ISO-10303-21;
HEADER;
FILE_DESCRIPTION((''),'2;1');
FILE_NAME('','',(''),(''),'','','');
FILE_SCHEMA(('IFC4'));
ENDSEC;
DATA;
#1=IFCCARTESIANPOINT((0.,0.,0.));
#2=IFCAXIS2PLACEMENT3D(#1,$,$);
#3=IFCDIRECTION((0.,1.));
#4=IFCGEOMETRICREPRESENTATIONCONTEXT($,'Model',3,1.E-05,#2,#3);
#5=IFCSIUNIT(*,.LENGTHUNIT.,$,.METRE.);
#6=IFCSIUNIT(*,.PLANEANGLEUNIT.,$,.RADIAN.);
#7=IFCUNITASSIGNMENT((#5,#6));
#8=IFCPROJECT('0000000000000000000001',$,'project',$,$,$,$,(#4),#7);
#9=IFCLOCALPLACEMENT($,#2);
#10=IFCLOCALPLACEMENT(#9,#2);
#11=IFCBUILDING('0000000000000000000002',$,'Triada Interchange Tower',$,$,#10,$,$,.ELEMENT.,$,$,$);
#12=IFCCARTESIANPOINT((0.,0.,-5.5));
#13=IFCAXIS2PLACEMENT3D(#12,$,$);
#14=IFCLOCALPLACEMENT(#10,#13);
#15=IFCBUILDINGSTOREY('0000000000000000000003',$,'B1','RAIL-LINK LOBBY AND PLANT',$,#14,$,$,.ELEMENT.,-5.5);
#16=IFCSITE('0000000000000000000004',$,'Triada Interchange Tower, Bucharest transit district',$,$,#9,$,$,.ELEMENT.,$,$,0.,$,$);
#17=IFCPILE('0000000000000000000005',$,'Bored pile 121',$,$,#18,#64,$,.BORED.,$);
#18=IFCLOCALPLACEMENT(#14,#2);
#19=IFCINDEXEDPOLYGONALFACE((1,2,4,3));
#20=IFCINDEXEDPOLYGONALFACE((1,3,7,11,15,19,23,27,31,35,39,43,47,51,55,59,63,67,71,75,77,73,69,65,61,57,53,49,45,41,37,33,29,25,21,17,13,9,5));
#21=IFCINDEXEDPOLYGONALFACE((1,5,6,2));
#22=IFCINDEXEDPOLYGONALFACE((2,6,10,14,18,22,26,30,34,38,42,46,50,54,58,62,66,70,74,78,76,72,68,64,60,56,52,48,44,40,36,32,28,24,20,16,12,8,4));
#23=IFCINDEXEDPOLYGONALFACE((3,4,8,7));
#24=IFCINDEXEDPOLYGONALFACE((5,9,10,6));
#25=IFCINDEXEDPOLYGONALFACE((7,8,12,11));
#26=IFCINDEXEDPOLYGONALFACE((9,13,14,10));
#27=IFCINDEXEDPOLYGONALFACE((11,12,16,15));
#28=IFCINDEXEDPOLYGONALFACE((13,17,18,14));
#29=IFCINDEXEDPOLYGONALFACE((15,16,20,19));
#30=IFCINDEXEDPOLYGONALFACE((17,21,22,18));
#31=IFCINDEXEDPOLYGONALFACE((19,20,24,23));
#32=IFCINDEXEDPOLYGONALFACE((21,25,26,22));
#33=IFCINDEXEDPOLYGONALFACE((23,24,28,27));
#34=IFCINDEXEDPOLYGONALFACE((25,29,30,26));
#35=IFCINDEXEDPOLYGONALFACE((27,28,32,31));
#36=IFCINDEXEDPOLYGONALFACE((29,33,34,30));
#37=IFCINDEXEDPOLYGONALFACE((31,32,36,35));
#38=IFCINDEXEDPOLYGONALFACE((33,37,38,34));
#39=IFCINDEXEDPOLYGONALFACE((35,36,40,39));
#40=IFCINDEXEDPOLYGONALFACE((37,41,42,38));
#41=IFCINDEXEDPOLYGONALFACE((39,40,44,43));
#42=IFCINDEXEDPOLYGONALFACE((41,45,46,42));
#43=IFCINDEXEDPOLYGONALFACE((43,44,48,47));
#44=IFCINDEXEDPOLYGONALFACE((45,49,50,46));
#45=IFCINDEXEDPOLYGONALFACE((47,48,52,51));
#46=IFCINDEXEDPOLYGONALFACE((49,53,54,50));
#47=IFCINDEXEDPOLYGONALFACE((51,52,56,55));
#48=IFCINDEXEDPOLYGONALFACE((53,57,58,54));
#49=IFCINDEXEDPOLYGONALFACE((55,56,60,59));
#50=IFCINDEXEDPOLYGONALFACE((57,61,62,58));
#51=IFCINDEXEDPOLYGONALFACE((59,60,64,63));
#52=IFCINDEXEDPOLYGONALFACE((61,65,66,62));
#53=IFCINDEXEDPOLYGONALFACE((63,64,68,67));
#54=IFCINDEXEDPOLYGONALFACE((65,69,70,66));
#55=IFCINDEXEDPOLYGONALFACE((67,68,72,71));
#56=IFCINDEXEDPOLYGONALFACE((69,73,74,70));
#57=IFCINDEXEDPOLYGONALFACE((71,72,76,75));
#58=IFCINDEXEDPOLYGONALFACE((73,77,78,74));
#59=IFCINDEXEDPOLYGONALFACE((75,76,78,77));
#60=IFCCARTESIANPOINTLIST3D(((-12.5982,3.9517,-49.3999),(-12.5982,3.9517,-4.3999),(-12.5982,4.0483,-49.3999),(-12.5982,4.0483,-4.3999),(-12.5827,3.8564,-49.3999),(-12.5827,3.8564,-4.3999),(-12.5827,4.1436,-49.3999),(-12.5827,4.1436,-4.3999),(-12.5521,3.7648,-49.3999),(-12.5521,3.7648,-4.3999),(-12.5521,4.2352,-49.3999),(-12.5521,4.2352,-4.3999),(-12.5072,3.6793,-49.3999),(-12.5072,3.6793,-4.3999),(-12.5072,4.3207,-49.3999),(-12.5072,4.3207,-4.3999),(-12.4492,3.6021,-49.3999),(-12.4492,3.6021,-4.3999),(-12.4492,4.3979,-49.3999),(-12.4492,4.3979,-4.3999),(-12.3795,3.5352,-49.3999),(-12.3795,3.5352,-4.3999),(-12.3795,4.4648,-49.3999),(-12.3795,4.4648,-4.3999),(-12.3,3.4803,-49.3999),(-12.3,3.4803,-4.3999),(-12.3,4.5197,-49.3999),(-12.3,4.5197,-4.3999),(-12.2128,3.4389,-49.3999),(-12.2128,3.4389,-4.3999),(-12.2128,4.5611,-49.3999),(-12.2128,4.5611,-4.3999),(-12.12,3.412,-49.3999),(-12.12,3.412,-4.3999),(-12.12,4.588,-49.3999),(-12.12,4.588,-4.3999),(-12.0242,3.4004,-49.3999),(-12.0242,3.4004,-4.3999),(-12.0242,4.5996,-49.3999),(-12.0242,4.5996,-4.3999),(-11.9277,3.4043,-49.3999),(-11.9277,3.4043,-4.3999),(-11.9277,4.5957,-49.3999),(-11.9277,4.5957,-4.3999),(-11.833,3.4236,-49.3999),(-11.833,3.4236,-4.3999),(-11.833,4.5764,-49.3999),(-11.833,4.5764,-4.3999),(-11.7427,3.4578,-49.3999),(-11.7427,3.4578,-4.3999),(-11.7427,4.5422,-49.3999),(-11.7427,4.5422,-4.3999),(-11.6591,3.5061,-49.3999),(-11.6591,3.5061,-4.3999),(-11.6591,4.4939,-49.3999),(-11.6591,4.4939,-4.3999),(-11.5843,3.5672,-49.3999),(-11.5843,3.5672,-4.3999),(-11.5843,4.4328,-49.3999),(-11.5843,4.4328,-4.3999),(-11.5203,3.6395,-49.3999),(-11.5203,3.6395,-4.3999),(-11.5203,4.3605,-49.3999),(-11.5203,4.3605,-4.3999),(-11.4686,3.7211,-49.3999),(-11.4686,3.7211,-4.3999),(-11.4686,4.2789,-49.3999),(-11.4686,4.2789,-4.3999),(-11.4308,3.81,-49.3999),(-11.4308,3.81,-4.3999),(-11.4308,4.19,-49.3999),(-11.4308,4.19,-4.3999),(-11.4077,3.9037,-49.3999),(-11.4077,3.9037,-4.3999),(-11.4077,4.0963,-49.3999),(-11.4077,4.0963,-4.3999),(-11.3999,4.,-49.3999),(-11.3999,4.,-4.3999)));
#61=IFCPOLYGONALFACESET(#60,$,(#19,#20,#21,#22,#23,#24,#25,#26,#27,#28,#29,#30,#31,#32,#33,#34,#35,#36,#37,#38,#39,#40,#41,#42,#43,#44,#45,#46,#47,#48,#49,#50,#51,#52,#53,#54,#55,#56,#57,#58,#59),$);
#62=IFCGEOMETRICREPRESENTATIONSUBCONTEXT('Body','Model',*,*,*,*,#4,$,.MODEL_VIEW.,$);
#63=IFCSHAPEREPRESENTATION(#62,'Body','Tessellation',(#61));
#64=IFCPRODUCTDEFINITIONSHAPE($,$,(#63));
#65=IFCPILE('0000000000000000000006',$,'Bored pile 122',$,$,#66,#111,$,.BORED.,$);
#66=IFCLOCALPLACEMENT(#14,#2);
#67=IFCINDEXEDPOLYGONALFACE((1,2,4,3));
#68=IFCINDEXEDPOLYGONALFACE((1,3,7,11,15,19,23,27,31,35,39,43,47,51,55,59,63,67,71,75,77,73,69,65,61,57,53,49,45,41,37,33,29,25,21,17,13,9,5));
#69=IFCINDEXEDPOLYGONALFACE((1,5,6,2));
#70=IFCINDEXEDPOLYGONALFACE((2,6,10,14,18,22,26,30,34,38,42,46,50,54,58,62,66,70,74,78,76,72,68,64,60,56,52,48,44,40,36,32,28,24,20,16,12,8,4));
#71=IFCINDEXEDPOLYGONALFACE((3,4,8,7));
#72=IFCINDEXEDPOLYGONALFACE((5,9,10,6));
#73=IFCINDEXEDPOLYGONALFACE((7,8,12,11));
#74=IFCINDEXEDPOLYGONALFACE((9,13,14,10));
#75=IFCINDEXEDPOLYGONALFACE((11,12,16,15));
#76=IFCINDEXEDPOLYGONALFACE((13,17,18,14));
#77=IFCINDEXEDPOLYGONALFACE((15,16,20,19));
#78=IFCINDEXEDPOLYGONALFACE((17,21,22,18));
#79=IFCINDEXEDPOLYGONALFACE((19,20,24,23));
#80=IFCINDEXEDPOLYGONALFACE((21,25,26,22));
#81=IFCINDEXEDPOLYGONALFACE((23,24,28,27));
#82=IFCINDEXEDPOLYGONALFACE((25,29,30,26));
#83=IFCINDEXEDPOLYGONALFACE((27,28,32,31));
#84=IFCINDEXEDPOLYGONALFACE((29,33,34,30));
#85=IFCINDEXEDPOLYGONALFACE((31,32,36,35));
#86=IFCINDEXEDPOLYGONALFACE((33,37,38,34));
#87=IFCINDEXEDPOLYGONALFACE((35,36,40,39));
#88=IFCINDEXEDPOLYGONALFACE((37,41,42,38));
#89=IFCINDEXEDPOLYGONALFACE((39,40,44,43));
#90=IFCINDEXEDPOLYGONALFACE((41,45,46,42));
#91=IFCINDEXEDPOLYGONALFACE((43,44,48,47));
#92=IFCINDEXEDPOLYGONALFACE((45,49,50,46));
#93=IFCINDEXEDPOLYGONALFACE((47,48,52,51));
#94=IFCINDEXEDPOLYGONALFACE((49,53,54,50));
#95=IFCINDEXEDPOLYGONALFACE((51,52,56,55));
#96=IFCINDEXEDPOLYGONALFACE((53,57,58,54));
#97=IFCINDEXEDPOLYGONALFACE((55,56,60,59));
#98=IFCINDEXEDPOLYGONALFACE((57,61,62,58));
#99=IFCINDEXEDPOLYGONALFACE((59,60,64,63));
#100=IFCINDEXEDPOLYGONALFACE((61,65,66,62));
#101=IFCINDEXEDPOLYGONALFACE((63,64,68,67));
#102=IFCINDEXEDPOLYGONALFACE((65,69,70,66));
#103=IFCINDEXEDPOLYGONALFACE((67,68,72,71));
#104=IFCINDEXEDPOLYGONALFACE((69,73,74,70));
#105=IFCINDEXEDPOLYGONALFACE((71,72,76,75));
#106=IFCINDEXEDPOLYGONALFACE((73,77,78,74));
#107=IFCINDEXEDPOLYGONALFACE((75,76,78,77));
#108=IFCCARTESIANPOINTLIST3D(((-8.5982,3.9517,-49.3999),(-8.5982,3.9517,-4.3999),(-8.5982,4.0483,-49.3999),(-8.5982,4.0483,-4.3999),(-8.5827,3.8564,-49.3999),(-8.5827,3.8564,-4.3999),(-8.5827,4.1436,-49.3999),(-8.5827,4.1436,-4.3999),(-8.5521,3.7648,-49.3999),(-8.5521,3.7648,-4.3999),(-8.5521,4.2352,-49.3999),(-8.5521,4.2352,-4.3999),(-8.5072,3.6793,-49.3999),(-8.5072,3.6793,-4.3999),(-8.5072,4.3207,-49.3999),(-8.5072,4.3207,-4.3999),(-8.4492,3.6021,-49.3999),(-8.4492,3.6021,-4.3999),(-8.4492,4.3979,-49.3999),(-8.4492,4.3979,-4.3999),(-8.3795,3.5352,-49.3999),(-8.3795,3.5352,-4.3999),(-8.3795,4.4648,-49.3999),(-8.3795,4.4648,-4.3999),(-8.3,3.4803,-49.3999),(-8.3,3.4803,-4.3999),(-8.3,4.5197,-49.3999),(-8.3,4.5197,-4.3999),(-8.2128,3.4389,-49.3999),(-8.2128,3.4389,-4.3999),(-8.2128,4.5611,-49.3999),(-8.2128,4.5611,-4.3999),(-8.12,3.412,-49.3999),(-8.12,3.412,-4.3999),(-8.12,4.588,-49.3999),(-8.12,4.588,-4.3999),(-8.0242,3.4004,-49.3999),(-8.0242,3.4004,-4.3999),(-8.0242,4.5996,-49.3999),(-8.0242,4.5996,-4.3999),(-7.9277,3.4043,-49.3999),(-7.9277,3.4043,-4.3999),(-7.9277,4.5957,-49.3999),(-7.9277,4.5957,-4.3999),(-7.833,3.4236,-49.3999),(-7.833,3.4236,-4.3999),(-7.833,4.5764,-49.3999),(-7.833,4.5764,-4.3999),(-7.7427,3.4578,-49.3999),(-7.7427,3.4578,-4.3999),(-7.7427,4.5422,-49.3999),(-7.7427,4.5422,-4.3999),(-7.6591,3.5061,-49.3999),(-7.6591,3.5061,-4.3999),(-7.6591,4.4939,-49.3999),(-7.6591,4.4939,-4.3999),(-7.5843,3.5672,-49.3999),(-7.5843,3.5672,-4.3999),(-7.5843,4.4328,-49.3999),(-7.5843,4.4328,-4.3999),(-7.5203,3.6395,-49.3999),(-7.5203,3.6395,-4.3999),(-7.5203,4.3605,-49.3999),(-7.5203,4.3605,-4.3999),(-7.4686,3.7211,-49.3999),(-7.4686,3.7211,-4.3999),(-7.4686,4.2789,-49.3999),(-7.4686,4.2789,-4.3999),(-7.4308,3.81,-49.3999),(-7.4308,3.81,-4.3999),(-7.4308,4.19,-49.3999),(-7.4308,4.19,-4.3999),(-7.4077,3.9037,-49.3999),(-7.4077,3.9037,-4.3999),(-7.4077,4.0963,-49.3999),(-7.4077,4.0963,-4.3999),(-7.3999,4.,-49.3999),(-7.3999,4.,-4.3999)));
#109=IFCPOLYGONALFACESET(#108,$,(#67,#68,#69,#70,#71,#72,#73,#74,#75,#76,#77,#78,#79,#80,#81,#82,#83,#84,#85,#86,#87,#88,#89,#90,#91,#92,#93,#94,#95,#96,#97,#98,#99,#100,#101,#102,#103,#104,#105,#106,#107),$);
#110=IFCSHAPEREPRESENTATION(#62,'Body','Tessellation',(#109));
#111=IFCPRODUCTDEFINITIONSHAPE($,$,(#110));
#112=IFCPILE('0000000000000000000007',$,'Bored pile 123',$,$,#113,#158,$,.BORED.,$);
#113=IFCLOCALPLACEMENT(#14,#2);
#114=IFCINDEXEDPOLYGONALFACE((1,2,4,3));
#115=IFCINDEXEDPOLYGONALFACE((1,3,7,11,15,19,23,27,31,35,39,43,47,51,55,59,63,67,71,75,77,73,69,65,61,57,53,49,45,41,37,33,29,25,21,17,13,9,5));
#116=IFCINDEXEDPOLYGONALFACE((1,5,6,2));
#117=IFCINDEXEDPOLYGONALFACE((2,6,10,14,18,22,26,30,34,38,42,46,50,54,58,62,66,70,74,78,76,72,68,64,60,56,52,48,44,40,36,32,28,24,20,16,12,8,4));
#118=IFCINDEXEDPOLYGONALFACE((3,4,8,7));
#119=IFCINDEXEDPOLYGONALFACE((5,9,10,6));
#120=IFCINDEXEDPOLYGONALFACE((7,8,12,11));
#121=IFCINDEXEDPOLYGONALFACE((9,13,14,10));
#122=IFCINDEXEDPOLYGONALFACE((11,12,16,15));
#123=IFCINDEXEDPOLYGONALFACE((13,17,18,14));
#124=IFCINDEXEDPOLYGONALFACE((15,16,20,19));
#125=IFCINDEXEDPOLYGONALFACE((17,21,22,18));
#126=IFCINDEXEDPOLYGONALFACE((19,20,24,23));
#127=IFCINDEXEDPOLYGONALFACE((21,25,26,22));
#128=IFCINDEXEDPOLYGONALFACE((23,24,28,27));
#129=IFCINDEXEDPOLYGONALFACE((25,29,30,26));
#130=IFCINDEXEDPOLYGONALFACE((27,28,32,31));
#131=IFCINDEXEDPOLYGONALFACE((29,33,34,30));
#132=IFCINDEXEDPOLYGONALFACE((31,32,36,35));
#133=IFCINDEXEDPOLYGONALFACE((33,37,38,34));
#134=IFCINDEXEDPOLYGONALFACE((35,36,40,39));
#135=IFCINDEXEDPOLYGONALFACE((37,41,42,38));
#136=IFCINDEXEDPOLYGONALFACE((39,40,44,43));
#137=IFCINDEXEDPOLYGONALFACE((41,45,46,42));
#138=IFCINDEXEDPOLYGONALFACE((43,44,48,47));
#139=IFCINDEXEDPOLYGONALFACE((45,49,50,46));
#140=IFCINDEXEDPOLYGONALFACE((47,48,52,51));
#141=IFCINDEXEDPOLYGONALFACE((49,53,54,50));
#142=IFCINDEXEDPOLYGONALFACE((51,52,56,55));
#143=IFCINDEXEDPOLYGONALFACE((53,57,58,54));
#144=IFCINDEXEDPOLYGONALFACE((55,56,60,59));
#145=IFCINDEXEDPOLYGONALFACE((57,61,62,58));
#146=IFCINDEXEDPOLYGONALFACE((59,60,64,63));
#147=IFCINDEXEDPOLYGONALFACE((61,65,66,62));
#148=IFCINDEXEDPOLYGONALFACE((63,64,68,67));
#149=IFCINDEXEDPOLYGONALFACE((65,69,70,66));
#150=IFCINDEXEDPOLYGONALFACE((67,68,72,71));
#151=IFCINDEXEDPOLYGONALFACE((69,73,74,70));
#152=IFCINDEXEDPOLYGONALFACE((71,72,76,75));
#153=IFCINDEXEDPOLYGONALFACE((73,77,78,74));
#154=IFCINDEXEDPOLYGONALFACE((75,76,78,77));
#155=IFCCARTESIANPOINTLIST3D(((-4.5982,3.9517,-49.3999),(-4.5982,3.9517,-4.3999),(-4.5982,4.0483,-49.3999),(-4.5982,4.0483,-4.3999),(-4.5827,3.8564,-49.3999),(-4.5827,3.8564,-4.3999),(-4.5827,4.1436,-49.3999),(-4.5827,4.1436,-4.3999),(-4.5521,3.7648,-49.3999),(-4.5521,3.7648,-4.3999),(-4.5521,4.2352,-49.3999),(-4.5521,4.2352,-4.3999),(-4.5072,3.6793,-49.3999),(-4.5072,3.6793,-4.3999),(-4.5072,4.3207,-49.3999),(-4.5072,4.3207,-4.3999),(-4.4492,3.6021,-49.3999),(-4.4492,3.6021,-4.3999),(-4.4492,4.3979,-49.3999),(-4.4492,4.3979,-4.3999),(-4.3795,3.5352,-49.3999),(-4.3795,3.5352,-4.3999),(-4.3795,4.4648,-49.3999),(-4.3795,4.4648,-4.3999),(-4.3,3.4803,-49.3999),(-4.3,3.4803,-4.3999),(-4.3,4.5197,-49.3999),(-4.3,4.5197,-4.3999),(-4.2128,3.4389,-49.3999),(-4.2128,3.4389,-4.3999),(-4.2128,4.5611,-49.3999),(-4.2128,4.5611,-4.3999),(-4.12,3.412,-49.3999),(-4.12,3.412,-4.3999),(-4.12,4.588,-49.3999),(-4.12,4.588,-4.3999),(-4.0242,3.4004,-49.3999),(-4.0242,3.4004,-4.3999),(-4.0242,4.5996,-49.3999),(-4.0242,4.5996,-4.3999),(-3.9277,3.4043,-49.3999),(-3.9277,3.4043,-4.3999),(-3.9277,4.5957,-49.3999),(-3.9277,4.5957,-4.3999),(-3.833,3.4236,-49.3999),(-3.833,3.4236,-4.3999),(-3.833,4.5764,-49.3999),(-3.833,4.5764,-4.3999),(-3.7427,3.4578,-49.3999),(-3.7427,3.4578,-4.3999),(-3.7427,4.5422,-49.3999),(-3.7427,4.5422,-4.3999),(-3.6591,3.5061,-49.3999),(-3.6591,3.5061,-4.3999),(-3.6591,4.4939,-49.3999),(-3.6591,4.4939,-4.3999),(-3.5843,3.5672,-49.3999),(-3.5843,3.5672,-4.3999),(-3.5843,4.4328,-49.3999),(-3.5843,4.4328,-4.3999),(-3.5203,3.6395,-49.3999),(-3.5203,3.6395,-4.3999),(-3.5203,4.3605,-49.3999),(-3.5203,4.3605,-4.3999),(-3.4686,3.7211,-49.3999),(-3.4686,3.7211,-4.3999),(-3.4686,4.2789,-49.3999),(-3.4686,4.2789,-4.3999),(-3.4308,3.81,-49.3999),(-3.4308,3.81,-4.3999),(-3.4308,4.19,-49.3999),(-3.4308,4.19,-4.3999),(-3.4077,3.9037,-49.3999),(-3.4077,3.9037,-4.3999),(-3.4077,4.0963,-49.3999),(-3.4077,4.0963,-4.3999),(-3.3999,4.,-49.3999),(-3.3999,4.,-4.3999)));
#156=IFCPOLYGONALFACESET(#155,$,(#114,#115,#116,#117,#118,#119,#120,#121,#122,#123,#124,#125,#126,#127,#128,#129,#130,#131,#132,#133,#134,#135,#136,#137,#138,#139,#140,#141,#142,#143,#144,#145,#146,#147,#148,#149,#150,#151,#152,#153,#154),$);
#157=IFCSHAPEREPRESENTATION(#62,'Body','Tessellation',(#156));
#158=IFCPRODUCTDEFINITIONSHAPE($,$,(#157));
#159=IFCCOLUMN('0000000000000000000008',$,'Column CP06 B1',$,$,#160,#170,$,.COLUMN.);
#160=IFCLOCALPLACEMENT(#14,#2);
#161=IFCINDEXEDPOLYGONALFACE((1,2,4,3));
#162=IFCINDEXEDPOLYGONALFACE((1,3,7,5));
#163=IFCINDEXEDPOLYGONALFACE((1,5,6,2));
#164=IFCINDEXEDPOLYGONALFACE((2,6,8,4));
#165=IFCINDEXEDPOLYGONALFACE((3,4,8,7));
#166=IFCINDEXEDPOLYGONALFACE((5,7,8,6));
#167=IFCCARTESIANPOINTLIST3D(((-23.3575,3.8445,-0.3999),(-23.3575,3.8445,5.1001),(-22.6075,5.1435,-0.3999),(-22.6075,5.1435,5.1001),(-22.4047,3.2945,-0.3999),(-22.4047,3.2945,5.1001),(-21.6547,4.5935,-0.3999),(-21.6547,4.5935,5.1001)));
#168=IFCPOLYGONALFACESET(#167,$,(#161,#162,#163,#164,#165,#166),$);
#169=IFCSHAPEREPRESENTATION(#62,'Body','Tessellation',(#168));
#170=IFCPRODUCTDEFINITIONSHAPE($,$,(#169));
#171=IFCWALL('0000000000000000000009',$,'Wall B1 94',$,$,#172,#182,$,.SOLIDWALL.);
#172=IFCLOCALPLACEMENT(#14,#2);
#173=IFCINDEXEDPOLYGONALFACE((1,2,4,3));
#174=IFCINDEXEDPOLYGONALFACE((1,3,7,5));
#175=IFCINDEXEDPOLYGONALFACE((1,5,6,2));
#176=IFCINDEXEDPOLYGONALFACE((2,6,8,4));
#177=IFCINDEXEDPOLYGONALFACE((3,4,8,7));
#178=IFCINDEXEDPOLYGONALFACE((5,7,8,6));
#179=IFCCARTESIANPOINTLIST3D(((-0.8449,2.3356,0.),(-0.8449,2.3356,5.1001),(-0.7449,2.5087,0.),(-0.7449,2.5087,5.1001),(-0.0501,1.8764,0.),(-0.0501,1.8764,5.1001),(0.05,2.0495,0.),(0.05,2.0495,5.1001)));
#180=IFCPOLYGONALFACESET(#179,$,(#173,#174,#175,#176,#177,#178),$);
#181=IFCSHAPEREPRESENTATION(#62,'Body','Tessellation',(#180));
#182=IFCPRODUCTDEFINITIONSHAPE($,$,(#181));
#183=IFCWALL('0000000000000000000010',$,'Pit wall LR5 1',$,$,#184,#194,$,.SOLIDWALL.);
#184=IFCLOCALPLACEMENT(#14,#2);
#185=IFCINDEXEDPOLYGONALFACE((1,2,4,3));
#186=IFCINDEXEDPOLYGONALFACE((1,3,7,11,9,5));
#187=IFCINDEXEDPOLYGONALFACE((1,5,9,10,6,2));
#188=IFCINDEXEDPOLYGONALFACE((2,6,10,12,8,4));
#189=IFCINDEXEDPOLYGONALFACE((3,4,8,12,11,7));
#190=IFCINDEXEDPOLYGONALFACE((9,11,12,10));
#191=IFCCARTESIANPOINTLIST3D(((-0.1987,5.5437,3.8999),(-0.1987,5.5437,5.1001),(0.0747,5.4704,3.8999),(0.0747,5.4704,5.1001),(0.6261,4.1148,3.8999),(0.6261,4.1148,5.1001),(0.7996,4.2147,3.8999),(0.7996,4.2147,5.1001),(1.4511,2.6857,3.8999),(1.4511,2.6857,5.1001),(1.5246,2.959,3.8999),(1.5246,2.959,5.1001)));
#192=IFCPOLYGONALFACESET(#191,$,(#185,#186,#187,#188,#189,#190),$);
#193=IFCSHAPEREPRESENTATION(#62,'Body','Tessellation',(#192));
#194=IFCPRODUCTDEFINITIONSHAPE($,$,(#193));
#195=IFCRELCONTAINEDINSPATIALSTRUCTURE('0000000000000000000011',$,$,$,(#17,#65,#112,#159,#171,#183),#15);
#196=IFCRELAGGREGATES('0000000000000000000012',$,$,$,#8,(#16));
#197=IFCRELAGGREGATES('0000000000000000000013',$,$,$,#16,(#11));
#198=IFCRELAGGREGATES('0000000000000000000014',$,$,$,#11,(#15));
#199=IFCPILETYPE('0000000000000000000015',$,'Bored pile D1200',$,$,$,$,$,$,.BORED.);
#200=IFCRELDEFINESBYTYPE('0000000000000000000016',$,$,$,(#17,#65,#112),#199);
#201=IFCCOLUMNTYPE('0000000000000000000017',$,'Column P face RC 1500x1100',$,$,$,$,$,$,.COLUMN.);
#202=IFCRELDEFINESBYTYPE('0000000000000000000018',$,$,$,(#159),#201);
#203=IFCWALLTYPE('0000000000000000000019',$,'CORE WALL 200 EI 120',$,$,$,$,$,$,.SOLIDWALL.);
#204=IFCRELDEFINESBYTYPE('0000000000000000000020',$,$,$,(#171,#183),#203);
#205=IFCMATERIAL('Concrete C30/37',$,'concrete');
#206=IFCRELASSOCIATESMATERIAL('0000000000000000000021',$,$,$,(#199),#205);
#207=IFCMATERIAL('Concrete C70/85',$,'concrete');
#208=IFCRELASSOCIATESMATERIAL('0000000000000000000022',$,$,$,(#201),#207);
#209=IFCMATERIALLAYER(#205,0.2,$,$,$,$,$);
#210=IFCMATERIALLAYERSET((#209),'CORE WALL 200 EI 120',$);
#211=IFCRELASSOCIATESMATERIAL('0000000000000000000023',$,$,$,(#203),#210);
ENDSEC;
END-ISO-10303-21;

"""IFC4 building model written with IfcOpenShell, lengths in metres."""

from ifc_helpers import new_model, si_unit, direction, frame, frame_2d, origin, origin_2d, place, context, subcontext, project, spatial, polyline, rectangle, circle, outline, extrude, material, layer, layer_set, material_profile, profile_set, type_object, element, save


model = new_model("IFC4")

# Units and contexts
model_context = context("Model", 3, precision=1e-05, world=origin(), true_north=direction((0.0, 1.0)))
body_context = subcontext(model_context, "Body", "Model", "MODEL_VIEW")
ifc_project = project(units=[si_unit("LENGTHUNIT", "METRE"), si_unit("PLANEANGLEUNIT", "RADIAN")], contexts=[model_context])

# Site, building, storey
site_placement = place(None, origin())
site = spatial("IfcSite", under=ifc_project, at=site_placement, Name="Triada Interchange Tower, Bucharest transit district", CompositionType="ELEMENT", RefElevation=0.0)
building_placement = place(site_placement, origin())
building = spatial("IfcBuilding", under=site, at=building_placement, Name="Triada Interchange Tower", CompositionType="ELEMENT")
storey_placement = place(building_placement, frame((0.0, 0.0, -5.5)))
storey = spatial("IfcBuildingStorey", under=building, at=storey_placement, Name="B1", Description="RAIL-LINK LOBBY AND PLANT", CompositionType="ELEMENT", Elevation=-5.5)

# Piles
ifc_material_1 = material(Name="Concrete C30/37", Category="concrete")
ifc_material_profile_1 = material_profile(ifc_material_1, circle(Radius=0.6001, at=origin_2d()), Name="RC D1200")
ifc_profile_set_1 = profile_set([ifc_material_profile_1], Name="Concrete C30/37")
pile_type = type_object("IfcPileType", Name="Bored pile D1200", PredefinedType="BORED", material=ifc_profile_set_1)
for number, where, z_axis, x_axis, name in (
    (1, (-12.0, 4.0, -4.3999), (0.0, 0.0, -1.0), (1.0, 0.0, 0.0), "Bored pile 121"),
    (2, (-8.0, 4.0, -4.3999), (0.0, 0.0, -1.0), (1.0, 0.0, 0.0), "Bored pile 122"),
    (3, (-4.0, 4.0, -4.3999), (0.0, 0.0, -1.0), (1.0, 0.0, 0.0), "Bored pile 123"),
):
    element("IfcPile", number, at=place(storey_placement, frame(where, z_axis=z_axis, x_axis=x_axis)), inside=storey, type_object=pile_type, Name=name, PredefinedType="BORED", context=body_context, shape_type="SweptSolid", body=[
        extrude(circle(Radius=0.6001, at=origin_2d()), origin(), (0.0, 0.0, 1.0), 45.0),
    ])

# Column
ifc_material_2 = material(Name="Concrete C70/85", Category="concrete")
ifc_material_profile_2 = material_profile(ifc_material_2, rectangle(XDim=1.5, YDim=1.1001, at=origin_2d()), Name="RC 1500x1100")
ifc_profile_set_2 = profile_set([ifc_material_profile_2], Name="Concrete C70/85")
column_type = type_object("IfcColumnType", Name="Column P face RC 1500x1100", PredefinedType="COLUMN", material=ifc_profile_set_2)
column_placement = place(storey_placement, frame((-22.5061, 4.219, -0.3999), z_axis=(0.0, 0.0, 1.0), x_axis=(0.5, 0.866025, 0.0)))
element("IfcColumn", 4, at=column_placement, inside=storey, type_object=column_type, Name="Column CP06 B1", PredefinedType="COLUMN", context=body_context, shape_type="SweptSolid", body=[
    extrude(rectangle(XDim=1.5, YDim=1.1001, at=origin_2d()), origin(), (0.0, 0.0, 1.0), 5.5),
])

# Walls
ifc_layer_1 = layer(ifc_material_1, 0.2)
ifc_layer_set_1 = layer_set([ifc_layer_1], Name="CORE WALL 200 EI 120")
wall_type_1 = type_object("IfcWallType", Name="CORE WALL 200 EI 120", PredefinedType="SOLIDWALL", material=ifc_layer_set_1)
wall_1_placement = place(storey_placement, frame((-0.7949, 2.4221, 0.0), z_axis=(0.0, 0.0, 1.0), x_axis=(0.865893, -0.500229, 0.0)))
element("IfcWall", 5, at=wall_1_placement, inside=storey, type_object=wall_type_1, Name="Wall B1 94", PredefinedType="SOLIDWALL", context=body_context, shape_type="SweptSolid", body=[
    extrude(rectangle(XDim=0.918, YDim=0.2, at=frame_2d((0.459, 0.0))), origin(), (0.0, 0.0, 1.0), 5.1001),
])
wall_2_placement = place(storey_placement, frame((-0.062, 5.5071, 3.8999), z_axis=(0.0, 0.0, 1.0), x_axis=(0.499959, -0.866049, 0.0)))
element("IfcWall", 6, at=wall_2_placement, inside=storey, type_object=wall_type_1, Name="Pit wall LR5 1", PredefinedType="SOLIDWALL", context=body_context, shape_type="SweptSolid", body=[
    extrude(outline(polyline([(0.1001, 0.1001), (1.55, 0.1001), (3.0, 0.1001), (3.2, -0.1001), (1.5498, -0.1001), (-0.1001, -0.1001), (0.1001, 0.1001)])), origin(), (0.0, 0.0, 1.0), 1.2002),
])

save(model, "model.ifc")
